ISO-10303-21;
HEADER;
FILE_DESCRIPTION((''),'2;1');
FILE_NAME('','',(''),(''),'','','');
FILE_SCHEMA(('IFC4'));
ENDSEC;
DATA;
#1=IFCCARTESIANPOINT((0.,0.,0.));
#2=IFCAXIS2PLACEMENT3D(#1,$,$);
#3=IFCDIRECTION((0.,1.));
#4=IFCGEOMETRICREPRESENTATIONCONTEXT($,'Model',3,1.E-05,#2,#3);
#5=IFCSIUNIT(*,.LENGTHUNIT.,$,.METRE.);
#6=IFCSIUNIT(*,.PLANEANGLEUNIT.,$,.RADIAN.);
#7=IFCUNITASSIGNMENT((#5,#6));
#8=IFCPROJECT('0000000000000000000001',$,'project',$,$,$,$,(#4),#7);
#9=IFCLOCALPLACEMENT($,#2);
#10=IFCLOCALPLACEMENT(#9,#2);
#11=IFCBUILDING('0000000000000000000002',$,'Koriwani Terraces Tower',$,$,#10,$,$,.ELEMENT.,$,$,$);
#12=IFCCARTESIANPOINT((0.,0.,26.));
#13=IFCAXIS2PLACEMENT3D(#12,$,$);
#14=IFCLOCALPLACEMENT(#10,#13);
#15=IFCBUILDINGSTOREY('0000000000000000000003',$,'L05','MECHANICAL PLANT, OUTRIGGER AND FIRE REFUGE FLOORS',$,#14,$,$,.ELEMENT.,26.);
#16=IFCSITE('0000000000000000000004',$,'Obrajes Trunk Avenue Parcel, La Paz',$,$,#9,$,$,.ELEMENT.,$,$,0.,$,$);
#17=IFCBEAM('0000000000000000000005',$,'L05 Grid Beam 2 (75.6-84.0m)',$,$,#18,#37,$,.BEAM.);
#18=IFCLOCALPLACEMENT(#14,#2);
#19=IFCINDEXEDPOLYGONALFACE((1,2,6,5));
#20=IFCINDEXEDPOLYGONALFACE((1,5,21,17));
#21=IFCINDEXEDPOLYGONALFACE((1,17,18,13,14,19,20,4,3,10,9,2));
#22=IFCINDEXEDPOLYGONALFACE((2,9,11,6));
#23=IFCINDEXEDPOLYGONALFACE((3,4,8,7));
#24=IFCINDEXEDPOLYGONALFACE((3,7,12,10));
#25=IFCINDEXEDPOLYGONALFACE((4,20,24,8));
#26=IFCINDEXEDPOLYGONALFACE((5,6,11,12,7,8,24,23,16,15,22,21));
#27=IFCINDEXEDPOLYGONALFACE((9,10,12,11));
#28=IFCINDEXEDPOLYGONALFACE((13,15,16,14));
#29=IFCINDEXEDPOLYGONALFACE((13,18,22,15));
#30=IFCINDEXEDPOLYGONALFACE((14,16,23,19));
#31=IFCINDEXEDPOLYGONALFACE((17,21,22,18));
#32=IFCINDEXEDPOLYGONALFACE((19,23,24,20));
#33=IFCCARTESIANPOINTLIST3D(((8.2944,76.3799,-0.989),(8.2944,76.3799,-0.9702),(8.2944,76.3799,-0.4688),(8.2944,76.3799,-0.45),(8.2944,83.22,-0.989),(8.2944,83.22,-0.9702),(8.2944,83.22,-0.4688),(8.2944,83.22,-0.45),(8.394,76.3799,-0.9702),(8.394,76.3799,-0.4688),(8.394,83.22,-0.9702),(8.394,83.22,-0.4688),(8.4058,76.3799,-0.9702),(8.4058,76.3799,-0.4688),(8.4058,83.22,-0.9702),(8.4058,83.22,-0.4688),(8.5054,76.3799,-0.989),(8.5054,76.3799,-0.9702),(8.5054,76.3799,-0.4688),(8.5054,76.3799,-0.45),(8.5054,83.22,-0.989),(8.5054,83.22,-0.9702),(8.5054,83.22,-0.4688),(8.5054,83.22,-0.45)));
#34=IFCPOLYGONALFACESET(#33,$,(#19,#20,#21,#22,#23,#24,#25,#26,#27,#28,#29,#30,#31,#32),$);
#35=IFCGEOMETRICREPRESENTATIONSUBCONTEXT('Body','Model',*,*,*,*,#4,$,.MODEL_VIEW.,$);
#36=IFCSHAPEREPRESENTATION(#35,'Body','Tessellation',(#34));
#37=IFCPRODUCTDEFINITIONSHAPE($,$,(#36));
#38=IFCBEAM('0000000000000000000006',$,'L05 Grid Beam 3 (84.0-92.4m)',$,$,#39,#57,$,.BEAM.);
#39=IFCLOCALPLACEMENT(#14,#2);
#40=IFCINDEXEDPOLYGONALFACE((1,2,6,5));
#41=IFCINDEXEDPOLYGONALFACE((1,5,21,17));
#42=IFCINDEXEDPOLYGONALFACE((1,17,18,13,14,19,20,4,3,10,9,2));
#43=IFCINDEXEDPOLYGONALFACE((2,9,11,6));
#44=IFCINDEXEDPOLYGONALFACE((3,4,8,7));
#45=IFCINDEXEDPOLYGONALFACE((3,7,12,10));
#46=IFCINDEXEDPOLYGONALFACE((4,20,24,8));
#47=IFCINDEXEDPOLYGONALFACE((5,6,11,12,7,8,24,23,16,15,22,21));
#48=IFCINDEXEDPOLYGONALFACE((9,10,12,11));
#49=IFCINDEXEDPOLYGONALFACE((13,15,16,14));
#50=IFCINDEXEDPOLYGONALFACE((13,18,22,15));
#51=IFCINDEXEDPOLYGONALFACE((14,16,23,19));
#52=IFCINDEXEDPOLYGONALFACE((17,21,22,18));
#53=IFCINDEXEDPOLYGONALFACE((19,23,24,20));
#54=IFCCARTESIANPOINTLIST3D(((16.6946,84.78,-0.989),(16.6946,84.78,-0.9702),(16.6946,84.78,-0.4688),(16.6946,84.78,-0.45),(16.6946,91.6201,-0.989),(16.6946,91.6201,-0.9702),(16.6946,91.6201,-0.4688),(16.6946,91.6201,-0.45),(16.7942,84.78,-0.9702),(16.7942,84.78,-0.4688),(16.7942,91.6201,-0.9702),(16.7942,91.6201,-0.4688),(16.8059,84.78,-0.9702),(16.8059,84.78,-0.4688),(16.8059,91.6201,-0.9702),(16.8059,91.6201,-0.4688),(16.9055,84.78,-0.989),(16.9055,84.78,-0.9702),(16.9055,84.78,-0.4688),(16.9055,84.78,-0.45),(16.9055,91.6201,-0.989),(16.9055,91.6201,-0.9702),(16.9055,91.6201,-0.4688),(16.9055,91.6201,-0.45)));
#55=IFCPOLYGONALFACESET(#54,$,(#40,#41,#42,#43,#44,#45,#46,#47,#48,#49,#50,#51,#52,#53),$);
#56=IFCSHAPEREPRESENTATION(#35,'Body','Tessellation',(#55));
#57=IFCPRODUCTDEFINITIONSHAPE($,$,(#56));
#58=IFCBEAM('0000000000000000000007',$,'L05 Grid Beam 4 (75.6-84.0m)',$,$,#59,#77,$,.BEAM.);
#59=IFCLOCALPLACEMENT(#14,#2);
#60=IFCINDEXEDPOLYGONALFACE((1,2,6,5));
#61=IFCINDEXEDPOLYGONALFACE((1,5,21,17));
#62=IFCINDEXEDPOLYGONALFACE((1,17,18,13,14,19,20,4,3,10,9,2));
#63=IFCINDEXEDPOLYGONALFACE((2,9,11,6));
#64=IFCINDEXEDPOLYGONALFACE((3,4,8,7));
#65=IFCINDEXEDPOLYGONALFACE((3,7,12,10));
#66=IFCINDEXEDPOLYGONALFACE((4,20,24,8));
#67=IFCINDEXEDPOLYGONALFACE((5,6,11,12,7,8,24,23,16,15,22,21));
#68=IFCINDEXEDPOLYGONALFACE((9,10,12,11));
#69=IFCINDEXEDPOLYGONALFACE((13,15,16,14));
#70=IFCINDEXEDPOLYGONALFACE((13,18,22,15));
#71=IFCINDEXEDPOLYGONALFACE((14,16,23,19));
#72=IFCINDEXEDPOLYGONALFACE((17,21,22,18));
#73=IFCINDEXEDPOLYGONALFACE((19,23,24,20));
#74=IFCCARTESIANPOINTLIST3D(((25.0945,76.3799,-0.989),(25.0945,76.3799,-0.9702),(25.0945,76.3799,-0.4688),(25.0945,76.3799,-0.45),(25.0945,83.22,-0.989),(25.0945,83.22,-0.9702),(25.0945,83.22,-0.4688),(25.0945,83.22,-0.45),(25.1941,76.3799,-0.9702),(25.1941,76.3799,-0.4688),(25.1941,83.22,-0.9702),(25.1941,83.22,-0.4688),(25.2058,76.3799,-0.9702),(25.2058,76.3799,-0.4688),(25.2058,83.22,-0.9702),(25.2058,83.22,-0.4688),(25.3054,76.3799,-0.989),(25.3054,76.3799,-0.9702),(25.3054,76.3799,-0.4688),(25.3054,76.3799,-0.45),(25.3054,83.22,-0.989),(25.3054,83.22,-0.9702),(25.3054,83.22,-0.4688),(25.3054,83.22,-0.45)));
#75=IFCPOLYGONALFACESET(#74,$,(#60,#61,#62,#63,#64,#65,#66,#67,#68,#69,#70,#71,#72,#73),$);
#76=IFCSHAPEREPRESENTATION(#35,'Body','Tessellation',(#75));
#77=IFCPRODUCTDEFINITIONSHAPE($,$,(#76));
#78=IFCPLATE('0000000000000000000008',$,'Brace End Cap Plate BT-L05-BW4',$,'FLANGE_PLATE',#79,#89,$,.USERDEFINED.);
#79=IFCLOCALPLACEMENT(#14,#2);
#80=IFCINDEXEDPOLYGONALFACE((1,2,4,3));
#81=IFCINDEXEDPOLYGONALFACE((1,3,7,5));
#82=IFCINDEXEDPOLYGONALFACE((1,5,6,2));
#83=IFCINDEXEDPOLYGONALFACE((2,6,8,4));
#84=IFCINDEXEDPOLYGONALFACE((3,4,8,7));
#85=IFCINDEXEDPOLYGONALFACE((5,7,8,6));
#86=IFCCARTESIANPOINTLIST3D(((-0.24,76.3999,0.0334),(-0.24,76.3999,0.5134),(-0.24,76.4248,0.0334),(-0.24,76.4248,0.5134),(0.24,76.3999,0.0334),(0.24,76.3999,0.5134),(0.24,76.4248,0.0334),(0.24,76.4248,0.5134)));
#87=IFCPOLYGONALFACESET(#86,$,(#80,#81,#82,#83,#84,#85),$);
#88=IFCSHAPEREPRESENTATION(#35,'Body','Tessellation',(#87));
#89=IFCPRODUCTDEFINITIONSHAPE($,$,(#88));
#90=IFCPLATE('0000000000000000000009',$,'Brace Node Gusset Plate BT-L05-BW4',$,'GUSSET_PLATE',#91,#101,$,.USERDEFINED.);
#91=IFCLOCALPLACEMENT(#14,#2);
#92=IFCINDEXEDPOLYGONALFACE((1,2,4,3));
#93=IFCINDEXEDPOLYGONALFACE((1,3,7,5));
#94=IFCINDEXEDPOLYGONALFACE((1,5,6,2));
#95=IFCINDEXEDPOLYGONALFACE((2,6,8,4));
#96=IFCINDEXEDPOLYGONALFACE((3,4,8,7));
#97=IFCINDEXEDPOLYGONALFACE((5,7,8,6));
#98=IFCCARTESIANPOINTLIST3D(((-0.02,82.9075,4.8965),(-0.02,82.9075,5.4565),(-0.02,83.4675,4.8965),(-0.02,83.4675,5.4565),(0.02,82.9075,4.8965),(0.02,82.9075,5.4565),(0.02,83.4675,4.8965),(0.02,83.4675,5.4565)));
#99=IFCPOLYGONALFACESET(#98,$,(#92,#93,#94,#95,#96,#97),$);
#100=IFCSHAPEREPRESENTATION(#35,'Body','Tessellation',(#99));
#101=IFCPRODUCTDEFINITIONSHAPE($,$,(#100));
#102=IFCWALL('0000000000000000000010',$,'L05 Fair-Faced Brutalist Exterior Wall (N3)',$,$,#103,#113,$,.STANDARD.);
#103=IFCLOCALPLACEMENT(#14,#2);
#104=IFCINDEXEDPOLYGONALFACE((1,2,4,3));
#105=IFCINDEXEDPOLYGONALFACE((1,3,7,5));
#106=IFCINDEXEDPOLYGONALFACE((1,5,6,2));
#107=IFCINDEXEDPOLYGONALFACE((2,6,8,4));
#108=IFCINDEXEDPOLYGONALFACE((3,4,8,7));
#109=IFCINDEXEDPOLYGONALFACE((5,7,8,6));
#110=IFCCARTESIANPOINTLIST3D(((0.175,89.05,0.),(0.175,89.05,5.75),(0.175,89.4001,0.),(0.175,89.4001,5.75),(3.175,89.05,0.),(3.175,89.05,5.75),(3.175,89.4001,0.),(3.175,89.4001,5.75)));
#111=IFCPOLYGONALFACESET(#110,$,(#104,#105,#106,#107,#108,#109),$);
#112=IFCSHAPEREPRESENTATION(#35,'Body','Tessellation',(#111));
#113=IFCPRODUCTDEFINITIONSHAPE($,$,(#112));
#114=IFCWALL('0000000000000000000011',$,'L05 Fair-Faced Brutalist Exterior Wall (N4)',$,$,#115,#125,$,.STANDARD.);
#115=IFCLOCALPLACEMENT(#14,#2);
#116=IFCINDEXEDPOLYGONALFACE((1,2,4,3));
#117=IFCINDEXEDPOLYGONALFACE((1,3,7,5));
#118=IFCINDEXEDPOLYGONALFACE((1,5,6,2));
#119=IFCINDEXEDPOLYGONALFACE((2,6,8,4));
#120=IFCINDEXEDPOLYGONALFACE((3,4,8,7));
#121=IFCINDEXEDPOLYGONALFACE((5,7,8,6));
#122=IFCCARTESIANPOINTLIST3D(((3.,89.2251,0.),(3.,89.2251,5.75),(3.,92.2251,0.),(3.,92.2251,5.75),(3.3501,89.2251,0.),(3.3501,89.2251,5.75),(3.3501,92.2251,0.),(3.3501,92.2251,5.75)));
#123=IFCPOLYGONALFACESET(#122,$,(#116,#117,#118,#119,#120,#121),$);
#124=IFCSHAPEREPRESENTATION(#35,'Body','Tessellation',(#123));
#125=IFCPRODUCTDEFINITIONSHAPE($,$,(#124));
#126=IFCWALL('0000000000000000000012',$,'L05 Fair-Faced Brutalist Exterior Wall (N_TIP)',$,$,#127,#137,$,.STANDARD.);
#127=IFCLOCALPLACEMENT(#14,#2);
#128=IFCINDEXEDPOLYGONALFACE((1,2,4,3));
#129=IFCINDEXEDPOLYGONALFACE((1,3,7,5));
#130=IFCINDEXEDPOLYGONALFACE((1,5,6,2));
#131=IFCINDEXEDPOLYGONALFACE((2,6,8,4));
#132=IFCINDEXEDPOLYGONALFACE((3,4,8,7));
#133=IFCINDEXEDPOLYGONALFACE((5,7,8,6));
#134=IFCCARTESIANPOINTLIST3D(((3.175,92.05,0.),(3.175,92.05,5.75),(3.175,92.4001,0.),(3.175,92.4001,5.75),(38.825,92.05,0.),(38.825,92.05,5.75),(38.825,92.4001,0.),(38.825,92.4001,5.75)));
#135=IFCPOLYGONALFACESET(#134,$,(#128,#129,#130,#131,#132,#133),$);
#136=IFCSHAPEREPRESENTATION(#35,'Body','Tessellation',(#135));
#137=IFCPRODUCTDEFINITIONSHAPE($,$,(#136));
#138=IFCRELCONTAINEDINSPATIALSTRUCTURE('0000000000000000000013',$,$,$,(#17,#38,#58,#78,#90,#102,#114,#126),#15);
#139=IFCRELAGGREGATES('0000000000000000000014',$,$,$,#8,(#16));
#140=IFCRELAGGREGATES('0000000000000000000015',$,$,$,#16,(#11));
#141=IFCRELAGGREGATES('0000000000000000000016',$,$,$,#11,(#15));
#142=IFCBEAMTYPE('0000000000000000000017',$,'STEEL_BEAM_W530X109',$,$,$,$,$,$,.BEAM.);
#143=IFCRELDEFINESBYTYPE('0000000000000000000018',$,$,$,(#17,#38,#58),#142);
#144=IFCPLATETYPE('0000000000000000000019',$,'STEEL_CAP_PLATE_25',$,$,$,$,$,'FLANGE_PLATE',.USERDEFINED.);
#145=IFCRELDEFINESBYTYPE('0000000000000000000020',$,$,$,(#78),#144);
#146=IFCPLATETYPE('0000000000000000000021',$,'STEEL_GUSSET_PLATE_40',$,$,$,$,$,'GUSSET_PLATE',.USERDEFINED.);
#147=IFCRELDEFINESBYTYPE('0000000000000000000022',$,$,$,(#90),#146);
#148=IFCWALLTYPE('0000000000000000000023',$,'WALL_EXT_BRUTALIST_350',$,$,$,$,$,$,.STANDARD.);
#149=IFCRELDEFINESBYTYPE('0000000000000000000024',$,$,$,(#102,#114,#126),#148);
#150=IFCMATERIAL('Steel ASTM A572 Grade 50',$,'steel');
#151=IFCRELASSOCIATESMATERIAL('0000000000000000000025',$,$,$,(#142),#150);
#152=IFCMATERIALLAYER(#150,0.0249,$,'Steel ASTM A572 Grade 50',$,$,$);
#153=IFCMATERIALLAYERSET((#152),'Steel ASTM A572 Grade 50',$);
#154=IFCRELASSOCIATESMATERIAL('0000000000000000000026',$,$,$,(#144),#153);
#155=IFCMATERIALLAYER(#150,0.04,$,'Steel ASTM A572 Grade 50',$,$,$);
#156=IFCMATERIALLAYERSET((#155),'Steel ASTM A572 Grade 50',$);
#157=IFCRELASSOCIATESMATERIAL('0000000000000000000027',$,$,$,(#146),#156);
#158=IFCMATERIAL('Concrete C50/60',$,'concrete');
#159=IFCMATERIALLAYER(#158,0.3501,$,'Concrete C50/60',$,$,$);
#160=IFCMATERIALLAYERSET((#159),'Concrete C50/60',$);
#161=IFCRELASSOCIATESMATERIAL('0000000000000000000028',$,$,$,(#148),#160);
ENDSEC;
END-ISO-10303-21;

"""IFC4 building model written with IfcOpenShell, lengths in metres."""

from ifc_helpers import new_model, si_unit, direction, frame, frame_2d, origin, origin_2d, place, context, subcontext, project, spatial, rectangle, i_section, extrude, material, layer, layer_set, material_profile, profile_set, type_object, element, save


model = new_model("IFC4")

# Units and contexts
model_context = context("Model", 3, precision=1e-05, world=origin(), true_north=direction((0.0, 1.0)))
body_context = subcontext(model_context, "Body", "Model", "MODEL_VIEW")
ifc_project = project(units=[si_unit("LENGTHUNIT", "METRE"), si_unit("PLANEANGLEUNIT", "RADIAN")], contexts=[model_context])

# Site, building, storey
site_placement = place(None, origin())
site = spatial("IfcSite", under=ifc_project, at=site_placement, Name="Obrajes Trunk Avenue Parcel, La Paz", CompositionType="ELEMENT", RefElevation=0.0)
building_placement = place(site_placement, origin())
building = spatial("IfcBuilding", under=site, at=building_placement, Name="Koriwani Terraces Tower", CompositionType="ELEMENT")
storey_placement = place(building_placement, frame((0.0, 0.0, 26.0)))
storey = spatial("IfcBuildingStorey", under=building, at=storey_placement, Name="L05", Description="MECHANICAL PLANT, OUTRIGGER AND FIRE REFUGE FLOORS", CompositionType="ELEMENT", Elevation=26.0)

# Shared definitions
ifc_material_1 = material(Name="Steel ASTM A572 Grade 50", Category="steel")

# Beams
ifc_material_profile_1 = material_profile(ifc_material_1, i_section(OverallWidth=0.2109, OverallDepth=0.5391, WebThickness=0.0117, FlangeThickness=0.0188, at=origin_2d()), Name="Steel ASTM A572 Grade 50", Category="LoadBearing")
ifc_profile_set_1 = profile_set([ifc_material_profile_1], Name="Steel ASTM A572 Grade 50")
beam_type_1 = type_object("IfcBeamType", Name="STEEL_BEAM_W530X109", PredefinedType="BEAM", material=ifc_profile_set_1)
for number, where, z_axis, x_axis, name in (
    (1, (8.3999, 76.3799, -0.7195), (0.0, 1.0, 0.0), (-1.0, 0.0, 0.0), "L05 Grid Beam 2 (75.6-84.0m)"),
    (2, (16.8, 84.78, -0.7195), (0.0, 1.0, 0.0), (-1.0, 0.0, 0.0), "L05 Grid Beam 3 (84.0-92.4m)"),
    (3, (25.2, 76.3799, -0.7195), (0.0, 1.0, 0.0), (-1.0, 0.0, 0.0), "L05 Grid Beam 4 (75.6-84.0m)"),
):
    element("IfcBeam", number, at=place(storey_placement, frame(where, z_axis=z_axis, x_axis=x_axis)), inside=storey, type_object=beam_type_1, Name=name, PredefinedType="BEAM", context=body_context, shape_type="SweptSolid", body=[
        extrude(i_section(OverallWidth=0.2109, OverallDepth=0.5391, WebThickness=0.0117, FlangeThickness=0.0188, at=origin_2d()), origin(), (0.0, 0.0, 1.0), 6.8401),
    ])

# Plates
ifc_layer_1 = layer(ifc_material_1, 0.0249, Name="Steel ASTM A572 Grade 50")
ifc_layer_set_1 = layer_set([ifc_layer_1], Name="Steel ASTM A572 Grade 50")
plate_type_1 = type_object("IfcPlateType", Name="STEEL_CAP_PLATE_25", ElementType="FLANGE_PLATE", PredefinedType="USERDEFINED", material=ifc_layer_set_1)
plate_1_placement = place(storey_placement, frame((0.0, 76.4124, 0.0334), z_axis=(0.0, 0.0, 1.0), x_axis=(0.0, 1.0, 0.0)))
element("IfcPlate", 4, at=plate_1_placement, inside=storey, type_object=plate_type_1, Name="Brace End Cap Plate BT-L05-BW4", ObjectType="FLANGE_PLATE", PredefinedType="USERDEFINED", context=body_context, shape_type="SweptSolid", body=[
    extrude(rectangle(XDim=0.0249, YDim=0.48, at=origin_2d()), origin(), (0.0, 0.0, 1.0), 0.48),
])
ifc_layer_2 = layer(ifc_material_1, 0.04, Name="Steel ASTM A572 Grade 50")
ifc_layer_set_2 = layer_set([ifc_layer_2], Name="Steel ASTM A572 Grade 50")
plate_type_2 = type_object("IfcPlateType", Name="STEEL_GUSSET_PLATE_40", ElementType="GUSSET_PLATE", PredefinedType="USERDEFINED", material=ifc_layer_set_2)
plate_2_placement = place(storey_placement, frame((0.0, 83.1875, 4.8965), z_axis=(0.0, 0.0, 1.0), x_axis=(0.0, 1.0, 0.0)))
element("IfcPlate", 5, at=plate_2_placement, inside=storey, type_object=plate_type_2, Name="Brace Node Gusset Plate BT-L05-BW4", ObjectType="GUSSET_PLATE", PredefinedType="USERDEFINED", context=body_context, shape_type="SweptSolid", body=[
    extrude(rectangle(XDim=0.5601, YDim=0.04, at=origin_2d()), origin(), (0.0, 0.0, 1.0), 0.5601),
])

# Walls
ifc_material_2 = material(Name="Concrete C50/60", Category="concrete")
ifc_layer_3 = layer(ifc_material_2, 0.3501, Name="Concrete C50/60")
ifc_layer_set_3 = layer_set([ifc_layer_3], Name="Concrete C50/60")
wall_type = type_object("IfcWallType", Name="WALL_EXT_BRUTALIST_350", PredefinedType="STANDARD", material=ifc_layer_set_3)
for number, where, z_axis, x_axis, name in (
    (6, (0.175, 89.2251, 0.0), (0.0, 0.0, 1.0), (1.0, 0.0, 0.0), "L05 Fair-Faced Brutalist Exterior Wall (N3)"),
    (7, (3.175, 89.2251, 0.0), (0.0, 0.0, 1.0), (0.0, 1.0, 0.0), "L05 Fair-Faced Brutalist Exterior Wall (N4)"),
):
    element("IfcWall", number, at=place(storey_placement, frame(where, z_axis=z_axis, x_axis=x_axis)), inside=storey, type_object=wall_type, Name=name, PredefinedType="STANDARD", context=body_context, shape_type="SweptSolid", body=[
        extrude(rectangle(XDim=3.0, YDim=0.3501, at=frame_2d((1.5, 0.0))), origin(), (0.0, 0.0, 1.0), 5.75),
    ])
wall_placement = place(storey_placement, frame((3.175, 92.2251, 0.0), z_axis=(0.0, 0.0, 1.0), x_axis=(1.0, 0.0, 0.0)))
element("IfcWall", 8, at=wall_placement, inside=storey, type_object=wall_type, Name="L05 Fair-Faced Brutalist Exterior Wall (N_TIP)", PredefinedType="STANDARD", context=body_context, shape_type="SweptSolid", body=[
    extrude(rectangle(XDim=35.6499, YDim=0.3501, at=frame_2d((17.825, 0.0))), origin(), (0.0, 0.0, 1.0), 5.75),
])

save(model, "model.ifc")
